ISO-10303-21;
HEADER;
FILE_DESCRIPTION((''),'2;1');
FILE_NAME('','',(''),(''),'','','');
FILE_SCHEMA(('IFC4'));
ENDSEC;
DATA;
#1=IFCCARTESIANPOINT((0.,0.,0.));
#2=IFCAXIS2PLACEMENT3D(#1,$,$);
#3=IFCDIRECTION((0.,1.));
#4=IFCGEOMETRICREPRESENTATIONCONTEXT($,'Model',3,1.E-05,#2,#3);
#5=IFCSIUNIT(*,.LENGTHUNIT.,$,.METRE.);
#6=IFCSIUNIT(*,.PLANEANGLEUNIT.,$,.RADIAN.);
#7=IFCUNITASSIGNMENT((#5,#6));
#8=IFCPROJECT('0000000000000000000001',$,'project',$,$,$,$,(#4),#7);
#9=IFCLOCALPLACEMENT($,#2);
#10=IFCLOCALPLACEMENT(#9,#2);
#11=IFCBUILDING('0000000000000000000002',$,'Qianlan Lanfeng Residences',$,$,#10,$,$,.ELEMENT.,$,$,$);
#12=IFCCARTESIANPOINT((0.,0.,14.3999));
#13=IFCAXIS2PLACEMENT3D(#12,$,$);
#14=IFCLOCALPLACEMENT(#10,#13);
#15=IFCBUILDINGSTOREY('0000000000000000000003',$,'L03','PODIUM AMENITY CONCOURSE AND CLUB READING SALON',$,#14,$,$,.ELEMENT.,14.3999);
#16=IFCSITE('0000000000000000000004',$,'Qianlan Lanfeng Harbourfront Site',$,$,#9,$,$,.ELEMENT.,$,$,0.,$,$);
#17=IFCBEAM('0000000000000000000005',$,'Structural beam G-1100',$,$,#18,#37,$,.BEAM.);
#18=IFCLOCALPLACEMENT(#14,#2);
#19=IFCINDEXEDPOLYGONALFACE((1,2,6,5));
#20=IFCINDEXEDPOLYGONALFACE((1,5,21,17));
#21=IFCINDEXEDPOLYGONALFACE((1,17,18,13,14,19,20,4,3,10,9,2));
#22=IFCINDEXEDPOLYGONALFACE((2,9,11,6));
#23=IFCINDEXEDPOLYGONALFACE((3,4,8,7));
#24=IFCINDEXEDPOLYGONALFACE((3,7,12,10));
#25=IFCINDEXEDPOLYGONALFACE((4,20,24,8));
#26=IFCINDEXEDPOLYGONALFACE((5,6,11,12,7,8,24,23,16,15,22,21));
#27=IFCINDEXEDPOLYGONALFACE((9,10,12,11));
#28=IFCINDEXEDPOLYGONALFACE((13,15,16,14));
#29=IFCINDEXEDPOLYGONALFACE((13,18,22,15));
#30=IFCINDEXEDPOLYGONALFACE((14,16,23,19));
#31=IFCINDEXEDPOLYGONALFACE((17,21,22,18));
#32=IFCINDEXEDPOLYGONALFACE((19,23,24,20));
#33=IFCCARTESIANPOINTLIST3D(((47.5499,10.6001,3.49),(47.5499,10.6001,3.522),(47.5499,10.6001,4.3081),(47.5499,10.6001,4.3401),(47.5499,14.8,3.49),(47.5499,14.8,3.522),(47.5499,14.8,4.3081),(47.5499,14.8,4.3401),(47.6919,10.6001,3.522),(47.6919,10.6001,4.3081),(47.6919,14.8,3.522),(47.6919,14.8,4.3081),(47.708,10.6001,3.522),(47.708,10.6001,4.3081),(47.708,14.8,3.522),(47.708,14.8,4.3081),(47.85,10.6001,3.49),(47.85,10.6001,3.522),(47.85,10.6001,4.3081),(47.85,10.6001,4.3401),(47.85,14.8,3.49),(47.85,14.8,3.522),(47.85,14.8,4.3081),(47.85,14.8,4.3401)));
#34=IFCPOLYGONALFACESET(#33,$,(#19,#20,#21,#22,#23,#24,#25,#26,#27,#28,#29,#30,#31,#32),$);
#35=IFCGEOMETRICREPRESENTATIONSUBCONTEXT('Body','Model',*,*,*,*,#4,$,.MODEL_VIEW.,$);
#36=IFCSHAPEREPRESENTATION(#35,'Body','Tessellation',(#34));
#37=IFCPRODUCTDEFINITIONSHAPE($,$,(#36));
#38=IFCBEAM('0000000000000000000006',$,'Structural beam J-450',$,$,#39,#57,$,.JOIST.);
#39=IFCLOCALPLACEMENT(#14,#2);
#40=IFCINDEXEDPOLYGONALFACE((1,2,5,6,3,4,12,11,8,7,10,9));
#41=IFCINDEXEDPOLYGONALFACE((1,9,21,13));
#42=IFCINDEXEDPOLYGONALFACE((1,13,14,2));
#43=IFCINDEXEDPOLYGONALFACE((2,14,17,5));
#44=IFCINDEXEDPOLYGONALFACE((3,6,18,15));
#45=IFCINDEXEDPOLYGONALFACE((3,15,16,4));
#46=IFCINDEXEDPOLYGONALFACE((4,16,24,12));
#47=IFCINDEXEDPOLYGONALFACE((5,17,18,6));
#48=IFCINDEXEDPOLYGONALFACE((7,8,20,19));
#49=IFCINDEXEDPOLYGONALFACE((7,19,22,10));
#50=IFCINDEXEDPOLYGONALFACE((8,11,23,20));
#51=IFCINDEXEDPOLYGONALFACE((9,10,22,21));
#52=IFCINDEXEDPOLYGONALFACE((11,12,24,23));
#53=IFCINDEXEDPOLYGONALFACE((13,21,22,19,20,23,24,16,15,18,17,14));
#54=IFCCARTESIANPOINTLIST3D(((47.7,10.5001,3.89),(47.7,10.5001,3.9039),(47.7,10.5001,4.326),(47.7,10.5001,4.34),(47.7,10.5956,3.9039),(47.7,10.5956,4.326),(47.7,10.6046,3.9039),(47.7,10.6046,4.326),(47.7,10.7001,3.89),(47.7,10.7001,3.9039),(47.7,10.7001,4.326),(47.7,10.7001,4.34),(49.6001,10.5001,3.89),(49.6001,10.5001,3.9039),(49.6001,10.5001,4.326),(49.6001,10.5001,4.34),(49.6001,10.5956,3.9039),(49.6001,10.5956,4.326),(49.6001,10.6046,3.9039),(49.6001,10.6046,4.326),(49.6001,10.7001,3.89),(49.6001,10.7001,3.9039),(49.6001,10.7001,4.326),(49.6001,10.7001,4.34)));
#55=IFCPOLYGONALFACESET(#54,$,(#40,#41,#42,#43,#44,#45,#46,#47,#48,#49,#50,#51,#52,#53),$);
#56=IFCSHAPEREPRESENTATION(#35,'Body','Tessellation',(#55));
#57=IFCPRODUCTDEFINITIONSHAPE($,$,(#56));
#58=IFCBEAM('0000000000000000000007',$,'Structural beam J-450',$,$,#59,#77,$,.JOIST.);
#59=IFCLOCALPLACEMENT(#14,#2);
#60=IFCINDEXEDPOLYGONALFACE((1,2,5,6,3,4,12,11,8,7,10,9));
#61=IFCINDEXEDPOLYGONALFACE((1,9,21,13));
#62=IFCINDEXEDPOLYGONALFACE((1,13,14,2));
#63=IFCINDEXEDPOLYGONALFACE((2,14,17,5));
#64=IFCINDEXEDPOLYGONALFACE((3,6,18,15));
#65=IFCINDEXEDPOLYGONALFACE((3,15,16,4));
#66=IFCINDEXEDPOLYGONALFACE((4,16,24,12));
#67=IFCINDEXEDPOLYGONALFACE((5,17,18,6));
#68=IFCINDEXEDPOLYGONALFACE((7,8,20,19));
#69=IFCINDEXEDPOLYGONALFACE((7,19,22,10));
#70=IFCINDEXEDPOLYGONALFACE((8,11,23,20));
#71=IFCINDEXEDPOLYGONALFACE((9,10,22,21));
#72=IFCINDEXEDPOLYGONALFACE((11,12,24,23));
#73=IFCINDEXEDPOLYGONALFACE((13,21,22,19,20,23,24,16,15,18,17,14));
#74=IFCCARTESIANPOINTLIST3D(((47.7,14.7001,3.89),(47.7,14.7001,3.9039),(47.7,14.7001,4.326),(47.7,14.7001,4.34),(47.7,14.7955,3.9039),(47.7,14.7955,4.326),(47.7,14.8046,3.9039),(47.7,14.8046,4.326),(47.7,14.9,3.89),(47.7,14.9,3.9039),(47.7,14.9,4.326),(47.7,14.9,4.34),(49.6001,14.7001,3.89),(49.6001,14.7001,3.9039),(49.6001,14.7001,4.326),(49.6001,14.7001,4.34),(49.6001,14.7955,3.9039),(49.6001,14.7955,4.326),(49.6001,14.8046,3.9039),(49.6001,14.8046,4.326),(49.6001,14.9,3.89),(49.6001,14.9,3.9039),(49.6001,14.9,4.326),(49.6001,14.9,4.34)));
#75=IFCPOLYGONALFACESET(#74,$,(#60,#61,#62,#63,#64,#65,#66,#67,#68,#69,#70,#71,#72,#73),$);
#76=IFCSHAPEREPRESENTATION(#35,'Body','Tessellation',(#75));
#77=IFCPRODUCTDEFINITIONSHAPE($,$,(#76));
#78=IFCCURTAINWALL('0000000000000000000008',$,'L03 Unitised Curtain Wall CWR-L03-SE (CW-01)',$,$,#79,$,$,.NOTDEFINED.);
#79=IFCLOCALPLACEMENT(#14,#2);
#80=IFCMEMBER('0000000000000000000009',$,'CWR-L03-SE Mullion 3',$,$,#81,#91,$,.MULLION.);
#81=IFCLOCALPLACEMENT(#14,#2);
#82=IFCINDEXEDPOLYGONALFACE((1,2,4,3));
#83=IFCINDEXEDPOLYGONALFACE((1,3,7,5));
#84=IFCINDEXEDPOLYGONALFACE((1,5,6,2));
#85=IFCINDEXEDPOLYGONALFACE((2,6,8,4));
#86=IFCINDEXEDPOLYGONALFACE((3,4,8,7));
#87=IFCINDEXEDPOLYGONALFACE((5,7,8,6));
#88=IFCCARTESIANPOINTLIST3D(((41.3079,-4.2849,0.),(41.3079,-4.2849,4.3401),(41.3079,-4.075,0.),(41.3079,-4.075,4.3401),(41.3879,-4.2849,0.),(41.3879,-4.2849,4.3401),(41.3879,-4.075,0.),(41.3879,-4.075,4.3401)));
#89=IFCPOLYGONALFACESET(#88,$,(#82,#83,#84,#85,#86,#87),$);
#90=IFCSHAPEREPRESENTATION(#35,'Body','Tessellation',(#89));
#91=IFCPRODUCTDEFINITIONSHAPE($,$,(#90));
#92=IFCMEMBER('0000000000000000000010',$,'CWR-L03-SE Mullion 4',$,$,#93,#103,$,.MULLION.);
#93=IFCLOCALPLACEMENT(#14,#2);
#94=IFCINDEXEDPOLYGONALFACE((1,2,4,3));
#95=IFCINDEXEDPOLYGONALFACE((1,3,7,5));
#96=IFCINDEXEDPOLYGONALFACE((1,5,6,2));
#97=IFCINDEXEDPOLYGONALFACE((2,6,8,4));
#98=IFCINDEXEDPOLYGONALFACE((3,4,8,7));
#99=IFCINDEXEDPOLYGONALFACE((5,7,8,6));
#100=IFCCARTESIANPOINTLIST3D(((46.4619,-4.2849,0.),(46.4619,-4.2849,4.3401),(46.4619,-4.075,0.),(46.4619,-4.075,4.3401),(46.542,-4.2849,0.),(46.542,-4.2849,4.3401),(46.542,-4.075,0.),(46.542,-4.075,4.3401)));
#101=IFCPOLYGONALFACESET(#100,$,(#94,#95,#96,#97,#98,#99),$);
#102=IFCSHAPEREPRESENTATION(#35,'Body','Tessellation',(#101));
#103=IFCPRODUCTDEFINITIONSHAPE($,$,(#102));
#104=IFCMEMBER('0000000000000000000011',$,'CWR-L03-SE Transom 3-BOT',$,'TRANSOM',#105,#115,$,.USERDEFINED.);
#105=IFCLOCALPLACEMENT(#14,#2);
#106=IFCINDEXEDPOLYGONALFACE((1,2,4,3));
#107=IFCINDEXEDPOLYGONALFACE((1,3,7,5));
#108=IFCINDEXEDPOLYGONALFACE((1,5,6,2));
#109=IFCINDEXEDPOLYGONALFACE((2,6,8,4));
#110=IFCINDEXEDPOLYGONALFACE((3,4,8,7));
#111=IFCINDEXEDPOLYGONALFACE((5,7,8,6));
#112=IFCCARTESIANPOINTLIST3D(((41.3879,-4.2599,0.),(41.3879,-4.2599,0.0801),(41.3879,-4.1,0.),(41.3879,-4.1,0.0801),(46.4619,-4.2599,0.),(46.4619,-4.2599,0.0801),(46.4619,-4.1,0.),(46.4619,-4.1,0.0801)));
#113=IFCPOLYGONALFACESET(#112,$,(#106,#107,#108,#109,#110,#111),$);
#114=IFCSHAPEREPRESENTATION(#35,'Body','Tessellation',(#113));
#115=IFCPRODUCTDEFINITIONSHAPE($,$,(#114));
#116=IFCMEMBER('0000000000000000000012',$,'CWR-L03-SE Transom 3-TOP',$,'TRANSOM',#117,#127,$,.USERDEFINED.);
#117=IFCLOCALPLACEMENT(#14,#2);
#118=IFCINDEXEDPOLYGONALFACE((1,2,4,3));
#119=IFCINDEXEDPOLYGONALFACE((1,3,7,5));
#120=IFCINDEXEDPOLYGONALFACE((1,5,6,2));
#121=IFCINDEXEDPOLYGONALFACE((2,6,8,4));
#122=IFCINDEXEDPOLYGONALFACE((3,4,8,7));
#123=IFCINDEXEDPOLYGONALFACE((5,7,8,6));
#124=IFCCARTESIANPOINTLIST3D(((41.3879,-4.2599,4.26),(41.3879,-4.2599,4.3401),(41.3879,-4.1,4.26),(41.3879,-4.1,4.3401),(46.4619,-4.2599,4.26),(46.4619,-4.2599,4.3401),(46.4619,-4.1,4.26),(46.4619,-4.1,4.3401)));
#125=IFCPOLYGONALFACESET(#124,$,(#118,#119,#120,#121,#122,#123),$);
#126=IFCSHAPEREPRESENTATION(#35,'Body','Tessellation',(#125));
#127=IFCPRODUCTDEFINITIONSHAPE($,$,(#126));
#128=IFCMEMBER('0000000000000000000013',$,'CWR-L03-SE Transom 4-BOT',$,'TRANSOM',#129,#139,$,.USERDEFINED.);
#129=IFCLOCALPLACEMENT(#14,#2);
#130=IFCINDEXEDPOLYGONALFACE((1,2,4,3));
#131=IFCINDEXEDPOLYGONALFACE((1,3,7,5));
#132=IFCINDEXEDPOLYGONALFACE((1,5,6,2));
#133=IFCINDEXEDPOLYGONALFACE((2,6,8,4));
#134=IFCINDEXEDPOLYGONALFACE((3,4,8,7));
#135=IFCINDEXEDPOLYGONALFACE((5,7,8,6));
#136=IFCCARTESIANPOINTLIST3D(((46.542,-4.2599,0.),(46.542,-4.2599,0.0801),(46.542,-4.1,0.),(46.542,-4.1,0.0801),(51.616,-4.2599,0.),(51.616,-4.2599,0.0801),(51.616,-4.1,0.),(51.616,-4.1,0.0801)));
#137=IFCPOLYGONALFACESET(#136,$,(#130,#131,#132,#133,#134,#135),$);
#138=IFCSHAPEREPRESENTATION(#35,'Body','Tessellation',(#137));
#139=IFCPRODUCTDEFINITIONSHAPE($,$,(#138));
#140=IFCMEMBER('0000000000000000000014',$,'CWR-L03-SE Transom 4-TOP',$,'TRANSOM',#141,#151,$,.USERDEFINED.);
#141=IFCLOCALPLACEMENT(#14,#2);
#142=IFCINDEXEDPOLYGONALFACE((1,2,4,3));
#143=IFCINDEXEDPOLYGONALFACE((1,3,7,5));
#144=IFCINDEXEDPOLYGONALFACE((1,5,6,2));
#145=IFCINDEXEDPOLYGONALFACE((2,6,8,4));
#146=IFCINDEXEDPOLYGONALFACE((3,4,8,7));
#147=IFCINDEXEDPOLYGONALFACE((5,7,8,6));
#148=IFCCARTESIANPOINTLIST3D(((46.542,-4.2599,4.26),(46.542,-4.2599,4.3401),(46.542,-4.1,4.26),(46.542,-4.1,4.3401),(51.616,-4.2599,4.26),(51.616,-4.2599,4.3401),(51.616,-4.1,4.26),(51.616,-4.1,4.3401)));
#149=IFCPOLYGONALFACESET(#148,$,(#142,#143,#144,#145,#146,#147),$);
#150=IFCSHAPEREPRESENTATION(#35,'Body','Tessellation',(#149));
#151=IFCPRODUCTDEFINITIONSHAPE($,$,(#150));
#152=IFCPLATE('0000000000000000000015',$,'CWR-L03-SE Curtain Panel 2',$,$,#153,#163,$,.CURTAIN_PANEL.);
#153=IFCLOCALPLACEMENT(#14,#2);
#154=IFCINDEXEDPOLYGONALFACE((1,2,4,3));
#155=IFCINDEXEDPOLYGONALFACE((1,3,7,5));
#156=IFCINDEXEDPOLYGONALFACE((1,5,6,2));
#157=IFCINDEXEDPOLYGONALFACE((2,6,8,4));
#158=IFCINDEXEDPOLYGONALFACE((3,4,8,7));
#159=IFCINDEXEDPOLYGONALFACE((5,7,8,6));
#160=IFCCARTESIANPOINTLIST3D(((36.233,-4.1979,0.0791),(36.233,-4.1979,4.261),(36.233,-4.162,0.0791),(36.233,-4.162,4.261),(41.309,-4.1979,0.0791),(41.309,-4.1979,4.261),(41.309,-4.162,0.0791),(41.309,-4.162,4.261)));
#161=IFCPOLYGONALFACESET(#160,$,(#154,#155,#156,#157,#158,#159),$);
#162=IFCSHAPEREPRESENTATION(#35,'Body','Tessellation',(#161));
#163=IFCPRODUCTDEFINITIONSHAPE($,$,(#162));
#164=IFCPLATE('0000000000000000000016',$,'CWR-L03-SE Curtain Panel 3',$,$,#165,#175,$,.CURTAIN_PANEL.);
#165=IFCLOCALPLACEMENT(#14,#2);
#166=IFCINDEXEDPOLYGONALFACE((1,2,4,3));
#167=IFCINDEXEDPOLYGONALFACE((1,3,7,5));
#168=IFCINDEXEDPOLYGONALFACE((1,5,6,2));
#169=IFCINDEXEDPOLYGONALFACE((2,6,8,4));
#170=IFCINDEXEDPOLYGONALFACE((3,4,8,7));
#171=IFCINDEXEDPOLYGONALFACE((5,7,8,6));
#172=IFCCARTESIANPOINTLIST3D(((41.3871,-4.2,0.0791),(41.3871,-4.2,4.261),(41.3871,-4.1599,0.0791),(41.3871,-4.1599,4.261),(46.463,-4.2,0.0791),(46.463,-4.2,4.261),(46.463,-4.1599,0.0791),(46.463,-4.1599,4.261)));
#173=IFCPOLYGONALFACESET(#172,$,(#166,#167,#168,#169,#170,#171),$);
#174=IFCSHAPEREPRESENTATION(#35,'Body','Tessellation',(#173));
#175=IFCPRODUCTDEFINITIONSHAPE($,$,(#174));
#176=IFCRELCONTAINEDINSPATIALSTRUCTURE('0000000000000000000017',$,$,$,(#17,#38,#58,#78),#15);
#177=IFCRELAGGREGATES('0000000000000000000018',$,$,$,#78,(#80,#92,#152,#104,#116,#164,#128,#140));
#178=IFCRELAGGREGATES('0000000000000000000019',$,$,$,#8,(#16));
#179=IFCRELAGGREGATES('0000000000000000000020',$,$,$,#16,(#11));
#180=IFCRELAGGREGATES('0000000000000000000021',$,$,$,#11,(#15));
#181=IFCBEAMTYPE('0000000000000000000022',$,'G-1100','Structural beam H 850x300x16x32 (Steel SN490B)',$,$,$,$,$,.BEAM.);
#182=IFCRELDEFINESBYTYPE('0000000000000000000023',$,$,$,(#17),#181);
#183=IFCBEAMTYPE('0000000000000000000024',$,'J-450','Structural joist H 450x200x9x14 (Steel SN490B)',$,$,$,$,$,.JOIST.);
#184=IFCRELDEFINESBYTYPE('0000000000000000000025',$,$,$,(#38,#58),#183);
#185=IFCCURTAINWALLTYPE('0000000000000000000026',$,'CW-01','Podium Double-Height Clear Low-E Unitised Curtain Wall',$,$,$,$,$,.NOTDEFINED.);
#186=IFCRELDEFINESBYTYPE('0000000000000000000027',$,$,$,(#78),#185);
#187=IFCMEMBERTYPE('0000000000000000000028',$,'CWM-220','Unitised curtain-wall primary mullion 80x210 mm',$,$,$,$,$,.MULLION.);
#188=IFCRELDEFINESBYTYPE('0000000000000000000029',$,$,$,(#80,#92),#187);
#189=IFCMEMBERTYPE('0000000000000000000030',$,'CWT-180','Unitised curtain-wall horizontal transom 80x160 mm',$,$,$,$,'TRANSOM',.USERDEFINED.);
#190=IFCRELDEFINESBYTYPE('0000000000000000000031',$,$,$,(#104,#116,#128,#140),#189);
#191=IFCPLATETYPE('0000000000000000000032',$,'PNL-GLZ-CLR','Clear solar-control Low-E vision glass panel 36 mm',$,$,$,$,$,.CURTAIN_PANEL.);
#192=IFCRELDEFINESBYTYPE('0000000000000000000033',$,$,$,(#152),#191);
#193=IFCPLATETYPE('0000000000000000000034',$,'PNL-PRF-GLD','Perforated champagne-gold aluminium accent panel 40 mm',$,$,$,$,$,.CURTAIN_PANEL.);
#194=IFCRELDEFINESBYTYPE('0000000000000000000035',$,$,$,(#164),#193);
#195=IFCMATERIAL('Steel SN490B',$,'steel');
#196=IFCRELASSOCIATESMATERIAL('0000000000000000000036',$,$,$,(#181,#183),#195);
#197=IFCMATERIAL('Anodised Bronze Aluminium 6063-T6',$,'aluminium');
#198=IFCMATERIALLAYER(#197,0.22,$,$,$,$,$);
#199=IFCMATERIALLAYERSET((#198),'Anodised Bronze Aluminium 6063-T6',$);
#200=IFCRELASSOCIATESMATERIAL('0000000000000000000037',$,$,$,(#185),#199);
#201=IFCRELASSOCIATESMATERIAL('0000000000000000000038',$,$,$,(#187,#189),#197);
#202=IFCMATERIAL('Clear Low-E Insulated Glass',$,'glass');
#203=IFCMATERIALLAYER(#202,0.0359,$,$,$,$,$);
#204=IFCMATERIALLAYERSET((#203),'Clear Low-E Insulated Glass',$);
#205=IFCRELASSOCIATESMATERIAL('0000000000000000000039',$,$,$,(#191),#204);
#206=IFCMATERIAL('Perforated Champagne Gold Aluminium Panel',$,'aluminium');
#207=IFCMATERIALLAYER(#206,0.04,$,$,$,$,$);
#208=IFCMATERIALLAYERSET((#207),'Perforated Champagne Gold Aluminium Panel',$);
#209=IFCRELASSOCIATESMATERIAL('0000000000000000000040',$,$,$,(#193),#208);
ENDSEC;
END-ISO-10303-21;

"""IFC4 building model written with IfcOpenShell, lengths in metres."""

from ifc_helpers import new_model, si_unit, direction, frame, origin, origin_2d, place, context, subcontext, project, spatial, rectangle, i_section, extrude, source, transform, mapped, material, layer, layer_set, material_profile, profile_set, type_object, element, aggregate, save


model = new_model("IFC4")

# Units and contexts
model_context = context("Model", 3, precision=1e-05, world=origin(), true_north=direction((0.0, 1.0)))
body_context = subcontext(model_context, "Body", "Model", "MODEL_VIEW")
ifc_project = project(units=[si_unit("LENGTHUNIT", "METRE"), si_unit("PLANEANGLEUNIT", "RADIAN")], contexts=[model_context])

# Site, building, storey
site_placement = place(None, origin())
site = spatial("IfcSite", under=ifc_project, at=site_placement, Name="Qianlan Lanfeng Harbourfront Site", CompositionType="ELEMENT", RefElevation=0.0)
building_placement = place(site_placement, origin())
building = spatial("IfcBuilding", under=site, at=building_placement, Name="Qianlan Lanfeng Residences", CompositionType="ELEMENT")
storey_placement = place(building_placement, frame((0.0, 0.0, 14.3999)))
storey = spatial("IfcBuildingStorey", under=building, at=storey_placement, Name="L03", Description="PODIUM AMENITY CONCOURSE AND CLUB READING SALON", CompositionType="ELEMENT", Elevation=14.3999)

# Beams
ifc_material_1 = material(Name="Steel SN490B", Category="steel")
ifc_material_profile_1 = material_profile(ifc_material_1, i_section(OverallWidth=0.3, OverallDepth=0.8501, WebThickness=0.0161, FlangeThickness=0.032, at=origin_2d()), Name="H 850x300x16x32")
ifc_profile_set_1 = profile_set([ifc_material_profile_1], Name="Steel SN490B")
beam_type_1 = type_object("IfcBeamType", Name="G-1100", Description="Structural beam H 850x300x16x32 (Steel SN490B)", PredefinedType="BEAM", material=ifc_profile_set_1)
beam_1_placement = place(storey_placement, frame((47.7, 10.6001, 3.915), z_axis=(0.0, 1.0, 0.0), x_axis=(-1.0, 0.0, 0.0)))
element("IfcBeam", 1, at=beam_1_placement, inside=storey, type_object=beam_type_1, Name="Structural beam G-1100", PredefinedType="BEAM", context=body_context, shape_type="SweptSolid", body=[
    extrude(i_section(OverallWidth=0.3, OverallDepth=0.8501, WebThickness=0.0161, FlangeThickness=0.032, at=origin_2d()), origin(), (0.0, 0.0, 1.0), 4.2),
])
ifc_material_profile_2 = material_profile(ifc_material_1, i_section(OverallWidth=0.2, OverallDepth=0.45, WebThickness=0.009, FlangeThickness=0.0139, at=origin_2d()), Name="H 450x200x9x14")
ifc_profile_set_2 = profile_set([ifc_material_profile_2], Name="Steel SN490B")
beam_type_2 = type_object("IfcBeamType", Name="J-450", Description="Structural joist H 450x200x9x14 (Steel SN490B)", PredefinedType="JOIST", material=ifc_profile_set_2)
for number, where, z_axis, x_axis, name in (
    (2, (47.7, 10.6001, 4.115), (1.0, 0.0, 0.0), (0.0, 1.0, 0.0), "Structural beam J-450"),
    (3, (47.7, 14.8, 4.115), (1.0, 0.0, 0.0), (0.0, 1.0, 0.0), "Structural beam J-450"),
):
    element("IfcBeam", number, at=place(storey_placement, frame(where, z_axis=z_axis, x_axis=x_axis)), inside=storey, type_object=beam_type_2, Name=name, PredefinedType="JOIST", context=body_context, shape_type="SweptSolid", body=[
        extrude(i_section(OverallWidth=0.2, OverallDepth=0.45, WebThickness=0.009, FlangeThickness=0.0139, at=origin_2d()), origin(), (0.0, 0.0, 1.0), 1.9001),
    ])

# Curtain wall, members, plates
ifc_material_2 = material(Name="Anodised Bronze Aluminium 6063-T6", Category="aluminium")
ifc_layer_1 = layer(ifc_material_2, 0.22)
ifc_layer_set_1 = layer_set([ifc_layer_1], Name="Anodised Bronze Aluminium 6063-T6")
curtain_wall_type = type_object("IfcCurtainWallType", Name="CW-01", Description="Podium Double-Height Clear Low-E Unitised Curtain Wall", PredefinedType="NOTDEFINED", material=ifc_layer_set_1)
curtain_wall_placement = place(storey_placement, origin())
curtain_wall = element("IfcCurtainWall", 4, at=curtain_wall_placement, inside=storey, type_object=curtain_wall_type, Name="L03 Unitised Curtain Wall CWR-L03-SE (CW-01)", PredefinedType="NOTDEFINED")
ifc_material_profile_3 = material_profile(ifc_material_2, rectangle(XDim=0.0801, YDim=0.21, at=origin_2d()), Name="ALU MULLION 80x210")
ifc_profile_set_3 = profile_set([ifc_material_profile_3], Name="Anodised Bronze Aluminium 6063-T6")
member_type_1 = type_object("IfcMemberType", Name="CWM-220", Description="Unitised curtain-wall primary mullion 80x210 mm", PredefinedType="MULLION", material=ifc_profile_set_3)
shared_shape_1 = source(origin(), body_context, "Body", "SweptSolid", [
    extrude(rectangle(XDim=0.0801, YDim=0.21, at=origin_2d()), origin(), (0.0, 0.0, 1.0), 4.3401),
])
member_1_placement = place(storey_placement, frame((41.3479, -4.1799, 0.0), z_axis=(0.0, 0.0, 1.0), x_axis=(1.0, 0.0, 0.0)))
member_1 = element("IfcMember", 5, at=member_1_placement, type_object=member_type_1, Name="CWR-L03-SE Mullion 3", PredefinedType="MULLION", context=body_context, shape_type="MappedRepresentation", body=[
    mapped(shared_shape_1, transform((0.0, 0.0, 0.0), scale=1.0)),
])
member_2_placement = place(storey_placement, frame((46.502, -4.1799, 0.0), z_axis=(0.0, 0.0, 1.0), x_axis=(1.0, 0.0, 0.0)))
member_2 = element("IfcMember", 6, at=member_2_placement, type_object=member_type_1, Name="CWR-L03-SE Mullion 4", PredefinedType="MULLION", context=body_context, shape_type="MappedRepresentation", body=[
    mapped(shared_shape_1, transform((0.0, 0.0, 0.0), scale=1.0)),
])
ifc_material_profile_4 = material_profile(ifc_material_2, rectangle(XDim=0.0801, YDim=0.1599, at=origin_2d()), Name="ALU TRANSOM 80x160")
ifc_profile_set_4 = profile_set([ifc_material_profile_4], Name="Anodised Bronze Aluminium 6063-T6")
member_type_2 = type_object("IfcMemberType", Name="CWT-180", Description="Unitised curtain-wall horizontal transom 80x160 mm", ElementType="TRANSOM", PredefinedType="USERDEFINED", material=ifc_profile_set_4)
shared_shape_2 = source(origin(), body_context, "Body", "SweptSolid", [
    extrude(rectangle(XDim=0.0801, YDim=0.1599, at=origin_2d()), origin(), (0.0, 0.0, 1.0), 5.074),
])
member_3_placement = place(storey_placement, frame((41.3879, -4.1799, 0.04), z_axis=(1.0, 0.0, 0.0), x_axis=(0.0, 0.0, 1.0)))
member_3 = element("IfcMember", 7, at=member_3_placement, type_object=member_type_2, Name="CWR-L03-SE Transom 3-BOT", ObjectType="TRANSOM", PredefinedType="USERDEFINED", context=body_context, shape_type="MappedRepresentation", body=[
    mapped(shared_shape_2, transform((0.0, 0.0, 0.0), scale=1.0)),
])
member_4_placement = place(storey_placement, frame((41.3879, -4.1799, 4.3), z_axis=(1.0, 0.0, 0.0), x_axis=(0.0, 0.0, 1.0)))
member_4 = element("IfcMember", 8, at=member_4_placement, type_object=member_type_2, Name="CWR-L03-SE Transom 3-TOP", ObjectType="TRANSOM", PredefinedType="USERDEFINED", context=body_context, shape_type="MappedRepresentation", body=[
    mapped(shared_shape_2, transform((0.0, 0.0, 0.0), scale=1.0)),
])
member_5_placement = place(storey_placement, frame((46.542, -4.1799, 0.04), z_axis=(1.0, 0.0, 0.0), x_axis=(0.0, 0.0, 1.0)))
member_5 = element("IfcMember", 9, at=member_5_placement, type_object=member_type_2, Name="CWR-L03-SE Transom 4-BOT", ObjectType="TRANSOM", PredefinedType="USERDEFINED", context=body_context, shape_type="MappedRepresentation", body=[
    mapped(shared_shape_2, transform((0.0, 0.0, 0.0), scale=1.0)),
])
member_6_placement = place(storey_placement, frame((46.542, -4.1799, 4.3), z_axis=(1.0, 0.0, 0.0), x_axis=(0.0, 0.0, 1.0)))
member_6 = element("IfcMember", 10, at=member_6_placement, type_object=member_type_2, Name="CWR-L03-SE Transom 4-TOP", ObjectType="TRANSOM", PredefinedType="USERDEFINED", context=body_context, shape_type="MappedRepresentation", body=[
    mapped(shared_shape_2, transform((0.0, 0.0, 0.0), scale=1.0)),
])
ifc_material_3 = material(Name="Clear Low-E Insulated Glass", Category="glass")
ifc_layer_2 = layer(ifc_material_3, 0.0359)
ifc_layer_set_2 = layer_set([ifc_layer_2], Name="Clear Low-E Insulated Glass")
plate_type_1 = type_object("IfcPlateType", Name="PNL-GLZ-CLR", Description="Clear solar-control Low-E vision glass panel 36 mm", PredefinedType="CURTAIN_PANEL", material=ifc_layer_set_2)
shared_shape_3 = source(origin(), body_context, "Body", "SweptSolid", [
    extrude(rectangle(XDim=5.0759, YDim=0.0359, at=origin_2d()), origin(), (0.0, 0.0, 1.0), 4.1819),
])
plate_1_placement = place(storey_placement, frame((38.771, -4.1799, 0.0791), z_axis=(0.0, 0.0, 1.0), x_axis=(1.0, 0.0, 0.0)))
plate_1 = element("IfcPlate", 11, at=plate_1_placement, type_object=plate_type_1, Name="CWR-L03-SE Curtain Panel 2", PredefinedType="CURTAIN_PANEL", context=body_context, shape_type="MappedRepresentation", body=[
    mapped(shared_shape_3, transform((0.0, 0.0, 0.0), scale=1.0)),
])
ifc_material_4 = material(Name="Perforated Champagne Gold Aluminium Panel", Category="aluminium")
ifc_layer_3 = layer(ifc_material_4, 0.04)
ifc_layer_set_3 = layer_set([ifc_layer_3], Name="Perforated Champagne Gold Aluminium Panel")
plate_type_2 = type_object("IfcPlateType", Name="PNL-PRF-GLD", Description="Perforated champagne-gold aluminium accent panel 40 mm", PredefinedType="CURTAIN_PANEL", material=ifc_layer_set_3)
shared_shape_4 = source(origin(), body_context, "Body", "SweptSolid", [
    extrude(rectangle(XDim=5.0759, YDim=0.04, at=origin_2d()), origin(), (0.0, 0.0, 1.0), 4.1819),
])
plate_2_placement = place(storey_placement, frame((43.925, -4.1799, 0.0791), z_axis=(0.0, 0.0, 1.0), x_axis=(1.0, 0.0, 0.0)))
plate_2 = element("IfcPlate", 12, at=plate_2_placement, type_object=plate_type_2, Name="CWR-L03-SE Curtain Panel 3", PredefinedType="CURTAIN_PANEL", context=body_context, shape_type="MappedRepresentation", body=[
    mapped(shared_shape_4, transform((0.0, 0.0, 0.0), scale=1.0)),
])
aggregate(curtain_wall, [member_1, member_2, plate_1, member_3, member_4, plate_2, member_5, member_6])

save(model, "model.ifc")
